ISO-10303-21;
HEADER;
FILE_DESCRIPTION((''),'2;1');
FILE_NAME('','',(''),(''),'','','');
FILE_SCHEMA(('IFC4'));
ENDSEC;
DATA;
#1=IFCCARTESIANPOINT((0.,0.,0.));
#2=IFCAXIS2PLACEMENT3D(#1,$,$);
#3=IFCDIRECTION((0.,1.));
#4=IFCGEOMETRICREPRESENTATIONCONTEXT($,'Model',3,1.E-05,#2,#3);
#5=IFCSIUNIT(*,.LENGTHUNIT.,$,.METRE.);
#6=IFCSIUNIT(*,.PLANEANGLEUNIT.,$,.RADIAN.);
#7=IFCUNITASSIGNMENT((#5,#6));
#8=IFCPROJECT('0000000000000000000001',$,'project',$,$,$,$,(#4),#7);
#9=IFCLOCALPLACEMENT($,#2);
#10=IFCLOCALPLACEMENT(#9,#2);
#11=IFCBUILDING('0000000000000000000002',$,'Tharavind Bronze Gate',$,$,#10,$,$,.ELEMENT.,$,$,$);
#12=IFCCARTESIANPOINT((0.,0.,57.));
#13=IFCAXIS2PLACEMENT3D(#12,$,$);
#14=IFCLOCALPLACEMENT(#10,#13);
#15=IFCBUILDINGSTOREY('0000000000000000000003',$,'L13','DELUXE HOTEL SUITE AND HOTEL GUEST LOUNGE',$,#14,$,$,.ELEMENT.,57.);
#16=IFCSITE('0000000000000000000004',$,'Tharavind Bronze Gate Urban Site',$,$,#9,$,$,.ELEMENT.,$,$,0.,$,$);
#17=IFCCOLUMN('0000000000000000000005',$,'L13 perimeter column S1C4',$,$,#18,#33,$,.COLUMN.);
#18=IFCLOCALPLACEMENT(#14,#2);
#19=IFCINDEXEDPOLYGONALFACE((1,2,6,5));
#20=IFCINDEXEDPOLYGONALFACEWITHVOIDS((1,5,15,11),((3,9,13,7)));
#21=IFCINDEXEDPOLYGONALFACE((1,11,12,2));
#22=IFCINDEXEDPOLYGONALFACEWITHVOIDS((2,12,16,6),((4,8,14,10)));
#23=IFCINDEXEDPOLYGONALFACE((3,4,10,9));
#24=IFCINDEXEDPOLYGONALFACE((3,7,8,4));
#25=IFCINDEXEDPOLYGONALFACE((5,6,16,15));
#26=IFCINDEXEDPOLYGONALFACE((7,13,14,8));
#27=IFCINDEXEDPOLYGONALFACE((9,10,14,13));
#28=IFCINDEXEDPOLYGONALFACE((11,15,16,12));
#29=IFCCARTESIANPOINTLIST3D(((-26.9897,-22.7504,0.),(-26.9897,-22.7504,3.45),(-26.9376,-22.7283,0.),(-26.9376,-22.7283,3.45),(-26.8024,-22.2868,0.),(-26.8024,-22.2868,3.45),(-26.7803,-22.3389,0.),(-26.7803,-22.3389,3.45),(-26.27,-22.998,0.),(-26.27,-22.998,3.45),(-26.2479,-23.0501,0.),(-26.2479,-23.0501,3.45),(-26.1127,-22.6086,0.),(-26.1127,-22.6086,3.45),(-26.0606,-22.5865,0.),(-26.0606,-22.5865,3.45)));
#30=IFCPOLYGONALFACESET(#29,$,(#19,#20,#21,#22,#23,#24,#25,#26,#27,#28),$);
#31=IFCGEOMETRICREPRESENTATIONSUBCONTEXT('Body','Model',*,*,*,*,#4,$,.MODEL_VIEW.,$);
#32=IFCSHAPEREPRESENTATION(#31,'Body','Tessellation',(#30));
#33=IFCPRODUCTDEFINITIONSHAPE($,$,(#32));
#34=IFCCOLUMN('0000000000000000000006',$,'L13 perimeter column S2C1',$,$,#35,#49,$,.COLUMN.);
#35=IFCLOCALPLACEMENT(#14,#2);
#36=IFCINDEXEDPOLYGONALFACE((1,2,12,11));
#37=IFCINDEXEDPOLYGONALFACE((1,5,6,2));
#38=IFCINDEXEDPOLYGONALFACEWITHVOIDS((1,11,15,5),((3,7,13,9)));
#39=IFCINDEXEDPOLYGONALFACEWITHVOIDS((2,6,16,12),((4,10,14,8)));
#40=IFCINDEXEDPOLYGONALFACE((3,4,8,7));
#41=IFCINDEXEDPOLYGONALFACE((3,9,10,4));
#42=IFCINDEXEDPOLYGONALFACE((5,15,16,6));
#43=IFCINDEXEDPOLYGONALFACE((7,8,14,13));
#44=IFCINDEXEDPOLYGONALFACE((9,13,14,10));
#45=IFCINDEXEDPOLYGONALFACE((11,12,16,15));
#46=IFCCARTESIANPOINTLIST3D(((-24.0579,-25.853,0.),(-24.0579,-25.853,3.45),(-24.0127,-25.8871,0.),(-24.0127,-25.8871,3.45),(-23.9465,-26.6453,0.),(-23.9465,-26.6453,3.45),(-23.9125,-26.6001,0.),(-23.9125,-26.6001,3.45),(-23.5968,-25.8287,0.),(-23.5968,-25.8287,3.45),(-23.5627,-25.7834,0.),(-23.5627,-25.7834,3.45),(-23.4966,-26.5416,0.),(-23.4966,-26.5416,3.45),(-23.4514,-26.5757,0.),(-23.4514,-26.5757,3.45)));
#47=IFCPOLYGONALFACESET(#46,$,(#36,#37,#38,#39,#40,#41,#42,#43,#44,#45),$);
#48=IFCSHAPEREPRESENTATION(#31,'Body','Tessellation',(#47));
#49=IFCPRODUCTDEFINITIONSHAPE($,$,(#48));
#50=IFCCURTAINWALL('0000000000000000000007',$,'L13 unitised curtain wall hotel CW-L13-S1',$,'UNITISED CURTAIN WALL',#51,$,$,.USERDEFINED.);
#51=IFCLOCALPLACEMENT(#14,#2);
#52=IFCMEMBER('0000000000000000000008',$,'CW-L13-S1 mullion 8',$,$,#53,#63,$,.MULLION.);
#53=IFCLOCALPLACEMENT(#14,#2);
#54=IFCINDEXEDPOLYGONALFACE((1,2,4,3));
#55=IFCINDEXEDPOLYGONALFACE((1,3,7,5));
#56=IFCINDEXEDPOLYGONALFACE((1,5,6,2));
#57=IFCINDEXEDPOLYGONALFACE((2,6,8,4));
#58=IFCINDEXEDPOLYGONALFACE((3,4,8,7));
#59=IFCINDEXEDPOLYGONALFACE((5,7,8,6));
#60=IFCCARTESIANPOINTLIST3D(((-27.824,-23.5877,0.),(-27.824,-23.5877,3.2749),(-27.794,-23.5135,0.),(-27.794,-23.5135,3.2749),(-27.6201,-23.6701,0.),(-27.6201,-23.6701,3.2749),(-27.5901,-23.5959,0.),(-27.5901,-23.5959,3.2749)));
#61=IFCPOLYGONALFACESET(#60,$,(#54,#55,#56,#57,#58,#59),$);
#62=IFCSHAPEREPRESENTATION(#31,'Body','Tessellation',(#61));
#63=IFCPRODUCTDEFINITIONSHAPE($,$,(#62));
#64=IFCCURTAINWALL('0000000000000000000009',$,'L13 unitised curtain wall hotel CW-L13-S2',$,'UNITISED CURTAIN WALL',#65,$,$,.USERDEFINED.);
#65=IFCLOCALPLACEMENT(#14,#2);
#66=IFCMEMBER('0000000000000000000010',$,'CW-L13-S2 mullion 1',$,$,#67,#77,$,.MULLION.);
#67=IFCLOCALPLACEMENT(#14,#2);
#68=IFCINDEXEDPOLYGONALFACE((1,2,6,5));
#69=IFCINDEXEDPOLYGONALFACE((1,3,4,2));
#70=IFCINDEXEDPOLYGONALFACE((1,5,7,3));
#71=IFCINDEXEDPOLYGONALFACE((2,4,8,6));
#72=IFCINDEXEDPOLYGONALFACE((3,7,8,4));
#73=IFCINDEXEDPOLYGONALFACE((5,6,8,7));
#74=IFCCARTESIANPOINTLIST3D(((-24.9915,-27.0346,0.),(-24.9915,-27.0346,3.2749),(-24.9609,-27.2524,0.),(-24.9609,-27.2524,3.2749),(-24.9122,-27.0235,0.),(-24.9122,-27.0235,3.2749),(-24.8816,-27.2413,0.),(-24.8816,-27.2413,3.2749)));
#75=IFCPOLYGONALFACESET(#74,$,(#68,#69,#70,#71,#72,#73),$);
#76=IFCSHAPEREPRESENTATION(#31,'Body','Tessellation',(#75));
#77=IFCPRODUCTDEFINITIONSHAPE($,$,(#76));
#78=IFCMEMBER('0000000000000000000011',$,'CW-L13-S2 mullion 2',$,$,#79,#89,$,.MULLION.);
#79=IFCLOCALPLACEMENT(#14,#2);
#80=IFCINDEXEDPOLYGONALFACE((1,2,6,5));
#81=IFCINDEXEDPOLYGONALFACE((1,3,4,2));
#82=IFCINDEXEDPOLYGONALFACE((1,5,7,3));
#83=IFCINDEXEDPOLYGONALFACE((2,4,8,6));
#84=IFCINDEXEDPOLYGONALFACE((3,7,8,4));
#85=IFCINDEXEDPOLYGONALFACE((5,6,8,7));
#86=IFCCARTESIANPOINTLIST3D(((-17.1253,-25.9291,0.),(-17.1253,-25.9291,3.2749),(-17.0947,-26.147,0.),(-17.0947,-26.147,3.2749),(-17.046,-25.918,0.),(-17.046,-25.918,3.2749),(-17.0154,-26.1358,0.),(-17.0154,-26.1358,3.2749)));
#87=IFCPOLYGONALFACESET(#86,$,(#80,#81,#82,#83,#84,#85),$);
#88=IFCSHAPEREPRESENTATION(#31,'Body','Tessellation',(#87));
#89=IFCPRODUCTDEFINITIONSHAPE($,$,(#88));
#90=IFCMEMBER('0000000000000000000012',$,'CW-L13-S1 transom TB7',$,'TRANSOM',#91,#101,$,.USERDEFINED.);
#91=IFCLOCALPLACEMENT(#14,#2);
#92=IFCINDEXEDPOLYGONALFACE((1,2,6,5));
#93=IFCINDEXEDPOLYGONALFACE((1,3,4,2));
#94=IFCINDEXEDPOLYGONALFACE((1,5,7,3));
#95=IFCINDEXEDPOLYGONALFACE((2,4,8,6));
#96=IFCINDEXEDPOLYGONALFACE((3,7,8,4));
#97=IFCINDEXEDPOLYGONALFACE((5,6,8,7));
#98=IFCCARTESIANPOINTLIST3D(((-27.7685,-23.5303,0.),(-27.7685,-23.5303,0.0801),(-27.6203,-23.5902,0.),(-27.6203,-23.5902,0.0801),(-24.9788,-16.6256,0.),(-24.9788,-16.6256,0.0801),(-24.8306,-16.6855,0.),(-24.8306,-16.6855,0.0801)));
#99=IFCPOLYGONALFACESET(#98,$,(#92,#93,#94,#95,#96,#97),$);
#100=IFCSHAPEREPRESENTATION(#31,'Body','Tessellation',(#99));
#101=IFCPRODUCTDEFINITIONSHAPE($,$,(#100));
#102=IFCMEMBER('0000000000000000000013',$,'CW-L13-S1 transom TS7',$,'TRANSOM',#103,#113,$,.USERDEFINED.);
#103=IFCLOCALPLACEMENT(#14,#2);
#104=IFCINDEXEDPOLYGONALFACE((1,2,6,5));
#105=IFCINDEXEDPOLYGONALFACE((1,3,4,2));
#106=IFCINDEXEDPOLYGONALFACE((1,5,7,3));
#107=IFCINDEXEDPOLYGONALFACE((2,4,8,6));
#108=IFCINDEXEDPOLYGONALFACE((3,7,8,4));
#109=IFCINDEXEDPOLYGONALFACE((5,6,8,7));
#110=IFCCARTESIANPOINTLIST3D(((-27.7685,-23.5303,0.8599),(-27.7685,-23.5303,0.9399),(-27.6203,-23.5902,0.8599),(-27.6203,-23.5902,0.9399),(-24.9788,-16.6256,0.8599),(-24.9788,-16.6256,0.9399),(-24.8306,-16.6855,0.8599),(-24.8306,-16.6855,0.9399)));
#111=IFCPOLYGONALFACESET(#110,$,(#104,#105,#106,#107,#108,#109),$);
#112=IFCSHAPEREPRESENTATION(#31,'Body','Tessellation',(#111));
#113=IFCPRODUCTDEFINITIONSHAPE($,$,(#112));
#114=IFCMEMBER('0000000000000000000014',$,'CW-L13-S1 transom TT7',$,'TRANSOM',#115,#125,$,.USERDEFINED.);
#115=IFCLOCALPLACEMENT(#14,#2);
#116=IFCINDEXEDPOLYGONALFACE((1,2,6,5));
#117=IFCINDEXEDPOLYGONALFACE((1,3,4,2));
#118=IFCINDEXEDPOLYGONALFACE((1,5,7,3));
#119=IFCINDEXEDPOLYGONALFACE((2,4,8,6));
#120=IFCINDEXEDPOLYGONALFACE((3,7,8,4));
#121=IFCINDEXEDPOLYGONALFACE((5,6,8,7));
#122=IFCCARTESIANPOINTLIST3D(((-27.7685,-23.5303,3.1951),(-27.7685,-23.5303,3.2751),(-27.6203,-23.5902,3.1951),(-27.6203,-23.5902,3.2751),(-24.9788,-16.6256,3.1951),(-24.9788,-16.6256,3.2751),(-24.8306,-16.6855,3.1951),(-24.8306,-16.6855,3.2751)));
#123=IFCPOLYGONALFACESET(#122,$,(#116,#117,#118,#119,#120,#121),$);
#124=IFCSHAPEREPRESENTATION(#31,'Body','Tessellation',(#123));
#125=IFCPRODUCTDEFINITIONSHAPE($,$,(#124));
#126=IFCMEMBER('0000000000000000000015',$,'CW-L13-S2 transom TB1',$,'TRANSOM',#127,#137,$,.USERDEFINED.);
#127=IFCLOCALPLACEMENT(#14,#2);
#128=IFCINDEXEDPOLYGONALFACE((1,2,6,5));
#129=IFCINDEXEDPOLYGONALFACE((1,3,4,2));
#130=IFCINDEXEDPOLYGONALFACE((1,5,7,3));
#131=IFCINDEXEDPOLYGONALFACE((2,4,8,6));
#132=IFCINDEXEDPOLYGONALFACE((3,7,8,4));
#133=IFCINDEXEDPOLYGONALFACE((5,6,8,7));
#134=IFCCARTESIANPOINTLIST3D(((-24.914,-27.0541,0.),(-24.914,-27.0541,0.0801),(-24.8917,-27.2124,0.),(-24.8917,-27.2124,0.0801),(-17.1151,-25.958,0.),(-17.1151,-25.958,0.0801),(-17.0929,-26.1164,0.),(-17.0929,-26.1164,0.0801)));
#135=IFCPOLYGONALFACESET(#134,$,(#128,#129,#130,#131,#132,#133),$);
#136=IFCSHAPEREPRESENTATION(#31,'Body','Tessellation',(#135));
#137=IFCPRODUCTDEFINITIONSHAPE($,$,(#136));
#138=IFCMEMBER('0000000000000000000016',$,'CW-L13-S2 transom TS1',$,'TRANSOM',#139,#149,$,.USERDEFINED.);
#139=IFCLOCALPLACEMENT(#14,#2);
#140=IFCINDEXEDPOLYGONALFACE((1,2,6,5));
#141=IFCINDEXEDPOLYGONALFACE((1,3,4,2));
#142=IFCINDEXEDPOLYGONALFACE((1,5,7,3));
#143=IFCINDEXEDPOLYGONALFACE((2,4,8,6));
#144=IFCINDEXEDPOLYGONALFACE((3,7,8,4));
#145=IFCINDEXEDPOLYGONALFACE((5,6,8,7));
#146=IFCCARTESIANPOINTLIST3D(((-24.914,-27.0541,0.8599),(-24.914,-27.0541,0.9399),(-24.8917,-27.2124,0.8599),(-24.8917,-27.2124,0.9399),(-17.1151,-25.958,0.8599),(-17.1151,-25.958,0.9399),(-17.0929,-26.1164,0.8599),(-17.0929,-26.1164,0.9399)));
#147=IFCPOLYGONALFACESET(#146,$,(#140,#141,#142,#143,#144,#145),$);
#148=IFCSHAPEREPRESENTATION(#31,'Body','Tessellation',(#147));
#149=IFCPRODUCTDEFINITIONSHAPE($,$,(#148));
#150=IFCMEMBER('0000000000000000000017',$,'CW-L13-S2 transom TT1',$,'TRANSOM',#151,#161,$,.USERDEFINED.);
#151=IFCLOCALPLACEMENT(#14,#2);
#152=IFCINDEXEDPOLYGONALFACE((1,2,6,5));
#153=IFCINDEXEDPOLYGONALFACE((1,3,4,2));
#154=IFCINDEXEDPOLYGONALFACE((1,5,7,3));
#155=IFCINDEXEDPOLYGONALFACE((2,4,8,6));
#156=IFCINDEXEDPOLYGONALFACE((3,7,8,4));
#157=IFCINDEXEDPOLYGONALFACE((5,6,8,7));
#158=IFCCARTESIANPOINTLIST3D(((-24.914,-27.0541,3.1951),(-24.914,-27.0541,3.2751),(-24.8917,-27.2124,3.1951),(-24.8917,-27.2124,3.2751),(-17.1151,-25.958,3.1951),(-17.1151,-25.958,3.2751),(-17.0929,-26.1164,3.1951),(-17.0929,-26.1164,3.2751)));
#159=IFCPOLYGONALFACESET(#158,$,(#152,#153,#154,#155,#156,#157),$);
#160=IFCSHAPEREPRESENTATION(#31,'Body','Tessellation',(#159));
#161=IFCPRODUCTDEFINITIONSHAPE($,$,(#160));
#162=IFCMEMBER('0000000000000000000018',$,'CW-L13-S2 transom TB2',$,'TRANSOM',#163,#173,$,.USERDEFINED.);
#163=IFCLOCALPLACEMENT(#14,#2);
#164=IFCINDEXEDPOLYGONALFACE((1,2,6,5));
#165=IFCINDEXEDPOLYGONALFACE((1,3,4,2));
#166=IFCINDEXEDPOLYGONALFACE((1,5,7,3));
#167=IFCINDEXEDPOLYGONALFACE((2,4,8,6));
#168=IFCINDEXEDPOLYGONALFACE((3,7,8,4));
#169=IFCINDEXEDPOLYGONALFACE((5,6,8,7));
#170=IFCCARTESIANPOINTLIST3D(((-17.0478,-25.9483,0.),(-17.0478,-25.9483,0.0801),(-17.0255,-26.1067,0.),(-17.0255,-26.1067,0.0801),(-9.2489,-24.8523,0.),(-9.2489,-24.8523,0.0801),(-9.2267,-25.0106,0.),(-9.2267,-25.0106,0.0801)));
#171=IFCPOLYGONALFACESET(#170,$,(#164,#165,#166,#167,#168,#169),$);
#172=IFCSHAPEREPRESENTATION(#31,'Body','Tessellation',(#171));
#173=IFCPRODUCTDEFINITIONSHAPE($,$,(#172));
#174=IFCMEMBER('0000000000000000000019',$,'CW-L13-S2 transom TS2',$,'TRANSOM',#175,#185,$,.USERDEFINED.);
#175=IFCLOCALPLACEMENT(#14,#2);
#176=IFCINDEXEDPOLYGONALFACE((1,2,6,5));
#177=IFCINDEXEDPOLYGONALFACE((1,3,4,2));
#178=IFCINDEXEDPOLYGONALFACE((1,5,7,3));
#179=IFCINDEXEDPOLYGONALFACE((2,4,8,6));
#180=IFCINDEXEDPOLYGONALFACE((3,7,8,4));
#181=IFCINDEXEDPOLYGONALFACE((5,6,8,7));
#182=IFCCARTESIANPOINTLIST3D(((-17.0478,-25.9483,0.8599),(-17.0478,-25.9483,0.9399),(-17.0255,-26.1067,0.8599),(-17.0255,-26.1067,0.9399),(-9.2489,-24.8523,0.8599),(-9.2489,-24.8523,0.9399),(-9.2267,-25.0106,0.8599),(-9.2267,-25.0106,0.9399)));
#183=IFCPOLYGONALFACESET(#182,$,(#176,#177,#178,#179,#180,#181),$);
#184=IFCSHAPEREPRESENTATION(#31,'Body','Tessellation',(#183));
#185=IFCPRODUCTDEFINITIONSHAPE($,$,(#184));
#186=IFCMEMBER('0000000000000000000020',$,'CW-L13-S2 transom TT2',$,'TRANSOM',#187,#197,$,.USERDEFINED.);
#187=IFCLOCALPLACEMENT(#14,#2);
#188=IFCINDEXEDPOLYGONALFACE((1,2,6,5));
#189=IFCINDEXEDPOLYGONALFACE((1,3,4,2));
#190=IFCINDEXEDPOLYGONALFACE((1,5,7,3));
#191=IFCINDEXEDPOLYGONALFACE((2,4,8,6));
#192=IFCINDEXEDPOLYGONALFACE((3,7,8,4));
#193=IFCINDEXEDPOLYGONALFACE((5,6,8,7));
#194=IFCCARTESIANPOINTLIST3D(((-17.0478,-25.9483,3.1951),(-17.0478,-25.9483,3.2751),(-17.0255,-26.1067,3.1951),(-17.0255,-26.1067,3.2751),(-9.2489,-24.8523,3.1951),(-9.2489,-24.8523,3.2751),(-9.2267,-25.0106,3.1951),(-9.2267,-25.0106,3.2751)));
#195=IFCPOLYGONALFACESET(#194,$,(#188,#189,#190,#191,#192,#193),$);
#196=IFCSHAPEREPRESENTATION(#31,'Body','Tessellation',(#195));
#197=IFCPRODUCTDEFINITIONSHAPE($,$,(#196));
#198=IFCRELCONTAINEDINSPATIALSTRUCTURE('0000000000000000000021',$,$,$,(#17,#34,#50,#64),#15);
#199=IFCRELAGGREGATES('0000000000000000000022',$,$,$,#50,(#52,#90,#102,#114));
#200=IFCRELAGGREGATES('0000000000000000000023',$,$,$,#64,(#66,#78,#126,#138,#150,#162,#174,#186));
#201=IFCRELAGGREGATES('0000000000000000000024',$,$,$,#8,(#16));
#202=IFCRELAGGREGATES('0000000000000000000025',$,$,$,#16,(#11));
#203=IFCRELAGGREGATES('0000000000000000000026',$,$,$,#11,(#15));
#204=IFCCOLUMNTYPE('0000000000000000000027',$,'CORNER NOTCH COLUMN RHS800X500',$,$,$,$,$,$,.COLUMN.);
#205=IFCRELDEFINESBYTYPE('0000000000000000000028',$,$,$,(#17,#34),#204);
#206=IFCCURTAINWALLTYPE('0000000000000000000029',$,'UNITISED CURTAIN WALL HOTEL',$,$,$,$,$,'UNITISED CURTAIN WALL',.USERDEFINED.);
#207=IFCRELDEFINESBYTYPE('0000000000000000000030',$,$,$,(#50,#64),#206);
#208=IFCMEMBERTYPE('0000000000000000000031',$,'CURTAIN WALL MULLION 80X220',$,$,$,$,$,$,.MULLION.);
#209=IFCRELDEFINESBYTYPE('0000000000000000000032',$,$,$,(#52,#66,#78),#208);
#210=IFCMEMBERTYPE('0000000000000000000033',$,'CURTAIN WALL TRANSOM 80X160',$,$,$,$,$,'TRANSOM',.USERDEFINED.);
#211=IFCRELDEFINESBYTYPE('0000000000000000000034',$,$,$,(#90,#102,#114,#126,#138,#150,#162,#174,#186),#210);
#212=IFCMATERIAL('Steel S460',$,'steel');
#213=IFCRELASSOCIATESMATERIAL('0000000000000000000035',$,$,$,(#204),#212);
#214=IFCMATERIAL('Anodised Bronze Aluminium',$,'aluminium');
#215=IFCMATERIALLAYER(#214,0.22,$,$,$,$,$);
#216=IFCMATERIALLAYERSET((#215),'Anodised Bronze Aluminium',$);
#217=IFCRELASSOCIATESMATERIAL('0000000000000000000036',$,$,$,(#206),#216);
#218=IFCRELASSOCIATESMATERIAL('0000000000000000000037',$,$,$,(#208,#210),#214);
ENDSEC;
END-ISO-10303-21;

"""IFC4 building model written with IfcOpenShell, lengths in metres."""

from ifc_helpers import new_model, si_unit, direction, frame, origin, origin_2d, place, context, subcontext, project, spatial, rectangle, hollow_rectangle, extrude, material, layer, layer_set, material_profile, profile_set, type_object, element, aggregate, save


model = new_model("IFC4")

# Units and contexts
model_context = context("Model", 3, precision=1e-05, world=origin(), true_north=direction((0.0, 1.0)))
body_context = subcontext(model_context, "Body", "Model", "MODEL_VIEW")
ifc_project = project(units=[si_unit("LENGTHUNIT", "METRE"), si_unit("PLANEANGLEUNIT", "RADIAN")], contexts=[model_context])

# Site, building, storey
site_placement = place(None, origin())
site = spatial("IfcSite", under=ifc_project, at=site_placement, Name="Tharavind Bronze Gate Urban Site", CompositionType="ELEMENT", RefElevation=0.0)
building_placement = place(site_placement, origin())
building = spatial("IfcBuilding", under=site, at=building_placement, Name="Tharavind Bronze Gate", CompositionType="ELEMENT")
storey_placement = place(building_placement, frame((0.0, 0.0, 57.0)))
storey = spatial("IfcBuildingStorey", under=building, at=storey_placement, Name="L13", Description="DELUXE HOTEL SUITE AND HOTEL GUEST LOUNGE", CompositionType="ELEMENT", Elevation=57.0)

# Columns
ifc_material_1 = material(Name="Steel S460", Category="steel")
ifc_material_profile_1 = material_profile(ifc_material_1, hollow_rectangle(XDim=0.5, YDim=0.8, WallThickness=0.04, at=origin_2d()), Name="RHS800X500X40")
ifc_profile_set_1 = profile_set([ifc_material_profile_1], Name="Steel S460")
column_type = type_object("IfcColumnType", Name="CORNER NOTCH COLUMN RHS800X500", PredefinedType="COLUMN", material=ifc_profile_set_1)
for number, where, z_axis, x_axis, name in (
    (1, (-26.5251, -22.6685, 0.0), (0.0, 0.0, 1.0), (0.374608, 0.927183, 0.0), "L13 perimeter column S1C4"),
    (2, (-23.7546, -26.2144, 0.0), (0.0, 0.0, 1.0), (0.990268, 0.139173, 0.0), "L13 perimeter column S2C1"),
):
    element("IfcColumn", number, at=place(storey_placement, frame(where, z_axis=z_axis, x_axis=x_axis)), inside=storey, type_object=column_type, Name=name, PredefinedType="COLUMN", context=body_context, shape_type="SweptSolid", body=[
        extrude(hollow_rectangle(XDim=0.5, YDim=0.8, WallThickness=0.04, at=origin_2d()), origin(), (0.0, 0.0, 1.0), 3.45),
    ])

# Curtain wall, member
ifc_material_2 = material(Name="Anodised Bronze Aluminium", Category="aluminium")
ifc_layer_1 = layer(ifc_material_2, 0.22)
ifc_layer_set_1 = layer_set([ifc_layer_1], Name="Anodised Bronze Aluminium")
curtain_wall_type = type_object("IfcCurtainWallType", Name="UNITISED CURTAIN WALL HOTEL", ElementType="UNITISED CURTAIN WALL", PredefinedType="USERDEFINED", material=ifc_layer_set_1)
curtain_wall_1_placement = place(storey_placement, origin())
curtain_wall_1 = element("IfcCurtainWall", 3, at=curtain_wall_1_placement, inside=storey, type_object=curtain_wall_type, Name="L13 unitised curtain wall hotel CW-L13-S1", ObjectType="UNITISED CURTAIN WALL", PredefinedType="USERDEFINED")
member_type_1 = type_object("IfcMemberType", Name="CURTAIN WALL MULLION 80X220", PredefinedType="MULLION", material=ifc_material_2)
member_1_placement = place(storey_placement, frame((-27.707, -23.5918, 0.0), z_axis=(0.0, 0.0, 1.0), x_axis=(-0.374607, -0.927184, 0.0)))
member_1 = element("IfcMember", 4, at=member_1_placement, type_object=member_type_1, Name="CW-L13-S1 mullion 8", PredefinedType="MULLION", context=body_context, shape_type="SweptSolid", body=[
    extrude(rectangle(XDim=0.0801, YDim=0.22, at=origin_2d()), origin(), (0.0, 0.0, 1.0), 3.2749),
])

# Curtain wall, members
curtain_wall_2_placement = place(storey_placement, origin())
curtain_wall_2 = element("IfcCurtainWall", 5, at=curtain_wall_2_placement, inside=storey, type_object=curtain_wall_type, Name="L13 unitised curtain wall hotel CW-L13-S2", ObjectType="UNITISED CURTAIN WALL", PredefinedType="USERDEFINED")
member_2_placement = place(storey_placement, frame((-24.9365, -27.1379, 0.0), z_axis=(0.0, 0.0, 1.0), x_axis=(0.990268, 0.139173, 0.0)))
member_2 = element("IfcMember", 6, at=member_2_placement, type_object=member_type_1, Name="CW-L13-S2 mullion 1", PredefinedType="MULLION", context=body_context, shape_type="SweptSolid", body=[
    extrude(rectangle(XDim=0.0801, YDim=0.22, at=origin_2d()), origin(), (0.0, 0.0, 1.0), 3.2749),
])
member_3_placement = place(storey_placement, frame((-17.0703, -26.0325, 0.0), z_axis=(0.0, 0.0, 1.0), x_axis=(0.990268, 0.139173, 0.0)))
member_3 = element("IfcMember", 7, at=member_3_placement, type_object=member_type_1, Name="CW-L13-S2 mullion 2", PredefinedType="MULLION", context=body_context, shape_type="SweptSolid", body=[
    extrude(rectangle(XDim=0.0801, YDim=0.22, at=origin_2d()), origin(), (0.0, 0.0, 1.0), 3.2749),
])

# Members
member_type_2 = type_object("IfcMemberType", Name="CURTAIN WALL TRANSOM 80X160", ElementType="TRANSOM", PredefinedType="USERDEFINED", material=ifc_material_2)
member_4_placement = place(storey_placement, frame((-26.2996, -20.1079, 0.0), z_axis=(0.0, 0.0, 1.0), x_axis=(-0.374607, -0.927184, 0.0)))
member_4 = element("IfcMember", 8, at=member_4_placement, type_object=member_type_2, Name="CW-L13-S1 transom TB7", ObjectType="TRANSOM", PredefinedType="USERDEFINED", context=body_context, shape_type="SweptSolid", body=[
    extrude(rectangle(XDim=7.447, YDim=0.1599, at=origin_2d()), origin(), (0.0, 0.0, 1.0), 0.0801),
])
member_5_placement = place(storey_placement, frame((-26.2996, -20.1079, 0.8599), z_axis=(0.0, 0.0, 1.0), x_axis=(-0.374607, -0.927184, 0.0)))
member_5 = element("IfcMember", 9, at=member_5_placement, type_object=member_type_2, Name="CW-L13-S1 transom TS7", ObjectType="TRANSOM", PredefinedType="USERDEFINED", context=body_context, shape_type="SweptSolid", body=[
    extrude(rectangle(XDim=7.447, YDim=0.1599, at=origin_2d()), origin(), (0.0, 0.0, 1.0), 0.0801),
])
member_6_placement = place(storey_placement, frame((-26.2996, -20.1079, 3.1951), z_axis=(0.0, 0.0, 1.0), x_axis=(-0.374607, -0.927184, 0.0)))
member_6 = element("IfcMember", 10, at=member_6_placement, type_object=member_type_2, Name="CW-L13-S1 transom TT7", ObjectType="TRANSOM", PredefinedType="USERDEFINED", context=body_context, shape_type="SweptSolid", body=[
    extrude(rectangle(XDim=7.447, YDim=0.1599, at=origin_2d()), origin(), (0.0, 0.0, 1.0), 0.0801),
])
member_7_placement = place(storey_placement, frame((-21.0034, -26.5852, 0.0), z_axis=(0.0, 0.0, 1.0), x_axis=(0.990268, 0.139173, 0.0)))
member_7 = element("IfcMember", 11, at=member_7_placement, type_object=member_type_2, Name="CW-L13-S2 transom TB1", ObjectType="TRANSOM", PredefinedType="USERDEFINED", context=body_context, shape_type="SweptSolid", body=[
    extrude(rectangle(XDim=7.8755, YDim=0.1599, at=origin_2d()), origin(), (0.0, 0.0, 1.0), 0.0801),
])
member_8_placement = place(storey_placement, frame((-21.0034, -26.5852, 0.8599), z_axis=(0.0, 0.0, 1.0), x_axis=(0.990268, 0.139173, 0.0)))
member_8 = element("IfcMember", 12, at=member_8_placement, type_object=member_type_2, Name="CW-L13-S2 transom TS1", ObjectType="TRANSOM", PredefinedType="USERDEFINED", context=body_context, shape_type="SweptSolid", body=[
    extrude(rectangle(XDim=7.8755, YDim=0.1599, at=origin_2d()), origin(), (0.0, 0.0, 1.0), 0.0801),
])
member_9_placement = place(storey_placement, frame((-21.0034, -26.5852, 3.1951), z_axis=(0.0, 0.0, 1.0), x_axis=(0.990268, 0.139173, 0.0)))
member_9 = element("IfcMember", 13, at=member_9_placement, type_object=member_type_2, Name="CW-L13-S2 transom TT1", ObjectType="TRANSOM", PredefinedType="USERDEFINED", context=body_context, shape_type="SweptSolid", body=[
    extrude(rectangle(XDim=7.8755, YDim=0.1599, at=origin_2d()), origin(), (0.0, 0.0, 1.0), 0.0801),
])
member_10_placement = place(storey_placement, frame((-13.1372, -25.4795, 0.0), z_axis=(0.0, 0.0, 1.0), x_axis=(0.990268, 0.139173, 0.0)))
member_10 = element("IfcMember", 14, at=member_10_placement, type_object=member_type_2, Name="CW-L13-S2 transom TB2", ObjectType="TRANSOM", PredefinedType="USERDEFINED", context=body_context, shape_type="SweptSolid", body=[
    extrude(rectangle(XDim=7.8755, YDim=0.1599, at=origin_2d()), origin(), (0.0, 0.0, 1.0), 0.0801),
])
member_11_placement = place(storey_placement, frame((-13.1372, -25.4795, 0.8599), z_axis=(0.0, 0.0, 1.0), x_axis=(0.990268, 0.139173, 0.0)))
member_11 = element("IfcMember", 15, at=member_11_placement, type_object=member_type_2, Name="CW-L13-S2 transom TS2", ObjectType="TRANSOM", PredefinedType="USERDEFINED", context=body_context, shape_type="SweptSolid", body=[
    extrude(rectangle(XDim=7.8755, YDim=0.1599, at=origin_2d()), origin(), (0.0, 0.0, 1.0), 0.0801),
])
member_12_placement = place(storey_placement, frame((-13.1372, -25.4795, 3.1951), z_axis=(0.0, 0.0, 1.0), x_axis=(0.990268, 0.139173, 0.0)))
member_12 = element("IfcMember", 16, at=member_12_placement, type_object=member_type_2, Name="CW-L13-S2 transom TT2", ObjectType="TRANSOM", PredefinedType="USERDEFINED", context=body_context, shape_type="SweptSolid", body=[
    extrude(rectangle(XDim=7.8755, YDim=0.1599, at=origin_2d()), origin(), (0.0, 0.0, 1.0), 0.0801),
])

aggregate(curtain_wall_1, [member_1, member_4, member_5, member_6])
aggregate(curtain_wall_2, [member_2, member_3, member_7, member_8, member_9, member_10, member_11, member_12])

save(model, "model.ifc")
